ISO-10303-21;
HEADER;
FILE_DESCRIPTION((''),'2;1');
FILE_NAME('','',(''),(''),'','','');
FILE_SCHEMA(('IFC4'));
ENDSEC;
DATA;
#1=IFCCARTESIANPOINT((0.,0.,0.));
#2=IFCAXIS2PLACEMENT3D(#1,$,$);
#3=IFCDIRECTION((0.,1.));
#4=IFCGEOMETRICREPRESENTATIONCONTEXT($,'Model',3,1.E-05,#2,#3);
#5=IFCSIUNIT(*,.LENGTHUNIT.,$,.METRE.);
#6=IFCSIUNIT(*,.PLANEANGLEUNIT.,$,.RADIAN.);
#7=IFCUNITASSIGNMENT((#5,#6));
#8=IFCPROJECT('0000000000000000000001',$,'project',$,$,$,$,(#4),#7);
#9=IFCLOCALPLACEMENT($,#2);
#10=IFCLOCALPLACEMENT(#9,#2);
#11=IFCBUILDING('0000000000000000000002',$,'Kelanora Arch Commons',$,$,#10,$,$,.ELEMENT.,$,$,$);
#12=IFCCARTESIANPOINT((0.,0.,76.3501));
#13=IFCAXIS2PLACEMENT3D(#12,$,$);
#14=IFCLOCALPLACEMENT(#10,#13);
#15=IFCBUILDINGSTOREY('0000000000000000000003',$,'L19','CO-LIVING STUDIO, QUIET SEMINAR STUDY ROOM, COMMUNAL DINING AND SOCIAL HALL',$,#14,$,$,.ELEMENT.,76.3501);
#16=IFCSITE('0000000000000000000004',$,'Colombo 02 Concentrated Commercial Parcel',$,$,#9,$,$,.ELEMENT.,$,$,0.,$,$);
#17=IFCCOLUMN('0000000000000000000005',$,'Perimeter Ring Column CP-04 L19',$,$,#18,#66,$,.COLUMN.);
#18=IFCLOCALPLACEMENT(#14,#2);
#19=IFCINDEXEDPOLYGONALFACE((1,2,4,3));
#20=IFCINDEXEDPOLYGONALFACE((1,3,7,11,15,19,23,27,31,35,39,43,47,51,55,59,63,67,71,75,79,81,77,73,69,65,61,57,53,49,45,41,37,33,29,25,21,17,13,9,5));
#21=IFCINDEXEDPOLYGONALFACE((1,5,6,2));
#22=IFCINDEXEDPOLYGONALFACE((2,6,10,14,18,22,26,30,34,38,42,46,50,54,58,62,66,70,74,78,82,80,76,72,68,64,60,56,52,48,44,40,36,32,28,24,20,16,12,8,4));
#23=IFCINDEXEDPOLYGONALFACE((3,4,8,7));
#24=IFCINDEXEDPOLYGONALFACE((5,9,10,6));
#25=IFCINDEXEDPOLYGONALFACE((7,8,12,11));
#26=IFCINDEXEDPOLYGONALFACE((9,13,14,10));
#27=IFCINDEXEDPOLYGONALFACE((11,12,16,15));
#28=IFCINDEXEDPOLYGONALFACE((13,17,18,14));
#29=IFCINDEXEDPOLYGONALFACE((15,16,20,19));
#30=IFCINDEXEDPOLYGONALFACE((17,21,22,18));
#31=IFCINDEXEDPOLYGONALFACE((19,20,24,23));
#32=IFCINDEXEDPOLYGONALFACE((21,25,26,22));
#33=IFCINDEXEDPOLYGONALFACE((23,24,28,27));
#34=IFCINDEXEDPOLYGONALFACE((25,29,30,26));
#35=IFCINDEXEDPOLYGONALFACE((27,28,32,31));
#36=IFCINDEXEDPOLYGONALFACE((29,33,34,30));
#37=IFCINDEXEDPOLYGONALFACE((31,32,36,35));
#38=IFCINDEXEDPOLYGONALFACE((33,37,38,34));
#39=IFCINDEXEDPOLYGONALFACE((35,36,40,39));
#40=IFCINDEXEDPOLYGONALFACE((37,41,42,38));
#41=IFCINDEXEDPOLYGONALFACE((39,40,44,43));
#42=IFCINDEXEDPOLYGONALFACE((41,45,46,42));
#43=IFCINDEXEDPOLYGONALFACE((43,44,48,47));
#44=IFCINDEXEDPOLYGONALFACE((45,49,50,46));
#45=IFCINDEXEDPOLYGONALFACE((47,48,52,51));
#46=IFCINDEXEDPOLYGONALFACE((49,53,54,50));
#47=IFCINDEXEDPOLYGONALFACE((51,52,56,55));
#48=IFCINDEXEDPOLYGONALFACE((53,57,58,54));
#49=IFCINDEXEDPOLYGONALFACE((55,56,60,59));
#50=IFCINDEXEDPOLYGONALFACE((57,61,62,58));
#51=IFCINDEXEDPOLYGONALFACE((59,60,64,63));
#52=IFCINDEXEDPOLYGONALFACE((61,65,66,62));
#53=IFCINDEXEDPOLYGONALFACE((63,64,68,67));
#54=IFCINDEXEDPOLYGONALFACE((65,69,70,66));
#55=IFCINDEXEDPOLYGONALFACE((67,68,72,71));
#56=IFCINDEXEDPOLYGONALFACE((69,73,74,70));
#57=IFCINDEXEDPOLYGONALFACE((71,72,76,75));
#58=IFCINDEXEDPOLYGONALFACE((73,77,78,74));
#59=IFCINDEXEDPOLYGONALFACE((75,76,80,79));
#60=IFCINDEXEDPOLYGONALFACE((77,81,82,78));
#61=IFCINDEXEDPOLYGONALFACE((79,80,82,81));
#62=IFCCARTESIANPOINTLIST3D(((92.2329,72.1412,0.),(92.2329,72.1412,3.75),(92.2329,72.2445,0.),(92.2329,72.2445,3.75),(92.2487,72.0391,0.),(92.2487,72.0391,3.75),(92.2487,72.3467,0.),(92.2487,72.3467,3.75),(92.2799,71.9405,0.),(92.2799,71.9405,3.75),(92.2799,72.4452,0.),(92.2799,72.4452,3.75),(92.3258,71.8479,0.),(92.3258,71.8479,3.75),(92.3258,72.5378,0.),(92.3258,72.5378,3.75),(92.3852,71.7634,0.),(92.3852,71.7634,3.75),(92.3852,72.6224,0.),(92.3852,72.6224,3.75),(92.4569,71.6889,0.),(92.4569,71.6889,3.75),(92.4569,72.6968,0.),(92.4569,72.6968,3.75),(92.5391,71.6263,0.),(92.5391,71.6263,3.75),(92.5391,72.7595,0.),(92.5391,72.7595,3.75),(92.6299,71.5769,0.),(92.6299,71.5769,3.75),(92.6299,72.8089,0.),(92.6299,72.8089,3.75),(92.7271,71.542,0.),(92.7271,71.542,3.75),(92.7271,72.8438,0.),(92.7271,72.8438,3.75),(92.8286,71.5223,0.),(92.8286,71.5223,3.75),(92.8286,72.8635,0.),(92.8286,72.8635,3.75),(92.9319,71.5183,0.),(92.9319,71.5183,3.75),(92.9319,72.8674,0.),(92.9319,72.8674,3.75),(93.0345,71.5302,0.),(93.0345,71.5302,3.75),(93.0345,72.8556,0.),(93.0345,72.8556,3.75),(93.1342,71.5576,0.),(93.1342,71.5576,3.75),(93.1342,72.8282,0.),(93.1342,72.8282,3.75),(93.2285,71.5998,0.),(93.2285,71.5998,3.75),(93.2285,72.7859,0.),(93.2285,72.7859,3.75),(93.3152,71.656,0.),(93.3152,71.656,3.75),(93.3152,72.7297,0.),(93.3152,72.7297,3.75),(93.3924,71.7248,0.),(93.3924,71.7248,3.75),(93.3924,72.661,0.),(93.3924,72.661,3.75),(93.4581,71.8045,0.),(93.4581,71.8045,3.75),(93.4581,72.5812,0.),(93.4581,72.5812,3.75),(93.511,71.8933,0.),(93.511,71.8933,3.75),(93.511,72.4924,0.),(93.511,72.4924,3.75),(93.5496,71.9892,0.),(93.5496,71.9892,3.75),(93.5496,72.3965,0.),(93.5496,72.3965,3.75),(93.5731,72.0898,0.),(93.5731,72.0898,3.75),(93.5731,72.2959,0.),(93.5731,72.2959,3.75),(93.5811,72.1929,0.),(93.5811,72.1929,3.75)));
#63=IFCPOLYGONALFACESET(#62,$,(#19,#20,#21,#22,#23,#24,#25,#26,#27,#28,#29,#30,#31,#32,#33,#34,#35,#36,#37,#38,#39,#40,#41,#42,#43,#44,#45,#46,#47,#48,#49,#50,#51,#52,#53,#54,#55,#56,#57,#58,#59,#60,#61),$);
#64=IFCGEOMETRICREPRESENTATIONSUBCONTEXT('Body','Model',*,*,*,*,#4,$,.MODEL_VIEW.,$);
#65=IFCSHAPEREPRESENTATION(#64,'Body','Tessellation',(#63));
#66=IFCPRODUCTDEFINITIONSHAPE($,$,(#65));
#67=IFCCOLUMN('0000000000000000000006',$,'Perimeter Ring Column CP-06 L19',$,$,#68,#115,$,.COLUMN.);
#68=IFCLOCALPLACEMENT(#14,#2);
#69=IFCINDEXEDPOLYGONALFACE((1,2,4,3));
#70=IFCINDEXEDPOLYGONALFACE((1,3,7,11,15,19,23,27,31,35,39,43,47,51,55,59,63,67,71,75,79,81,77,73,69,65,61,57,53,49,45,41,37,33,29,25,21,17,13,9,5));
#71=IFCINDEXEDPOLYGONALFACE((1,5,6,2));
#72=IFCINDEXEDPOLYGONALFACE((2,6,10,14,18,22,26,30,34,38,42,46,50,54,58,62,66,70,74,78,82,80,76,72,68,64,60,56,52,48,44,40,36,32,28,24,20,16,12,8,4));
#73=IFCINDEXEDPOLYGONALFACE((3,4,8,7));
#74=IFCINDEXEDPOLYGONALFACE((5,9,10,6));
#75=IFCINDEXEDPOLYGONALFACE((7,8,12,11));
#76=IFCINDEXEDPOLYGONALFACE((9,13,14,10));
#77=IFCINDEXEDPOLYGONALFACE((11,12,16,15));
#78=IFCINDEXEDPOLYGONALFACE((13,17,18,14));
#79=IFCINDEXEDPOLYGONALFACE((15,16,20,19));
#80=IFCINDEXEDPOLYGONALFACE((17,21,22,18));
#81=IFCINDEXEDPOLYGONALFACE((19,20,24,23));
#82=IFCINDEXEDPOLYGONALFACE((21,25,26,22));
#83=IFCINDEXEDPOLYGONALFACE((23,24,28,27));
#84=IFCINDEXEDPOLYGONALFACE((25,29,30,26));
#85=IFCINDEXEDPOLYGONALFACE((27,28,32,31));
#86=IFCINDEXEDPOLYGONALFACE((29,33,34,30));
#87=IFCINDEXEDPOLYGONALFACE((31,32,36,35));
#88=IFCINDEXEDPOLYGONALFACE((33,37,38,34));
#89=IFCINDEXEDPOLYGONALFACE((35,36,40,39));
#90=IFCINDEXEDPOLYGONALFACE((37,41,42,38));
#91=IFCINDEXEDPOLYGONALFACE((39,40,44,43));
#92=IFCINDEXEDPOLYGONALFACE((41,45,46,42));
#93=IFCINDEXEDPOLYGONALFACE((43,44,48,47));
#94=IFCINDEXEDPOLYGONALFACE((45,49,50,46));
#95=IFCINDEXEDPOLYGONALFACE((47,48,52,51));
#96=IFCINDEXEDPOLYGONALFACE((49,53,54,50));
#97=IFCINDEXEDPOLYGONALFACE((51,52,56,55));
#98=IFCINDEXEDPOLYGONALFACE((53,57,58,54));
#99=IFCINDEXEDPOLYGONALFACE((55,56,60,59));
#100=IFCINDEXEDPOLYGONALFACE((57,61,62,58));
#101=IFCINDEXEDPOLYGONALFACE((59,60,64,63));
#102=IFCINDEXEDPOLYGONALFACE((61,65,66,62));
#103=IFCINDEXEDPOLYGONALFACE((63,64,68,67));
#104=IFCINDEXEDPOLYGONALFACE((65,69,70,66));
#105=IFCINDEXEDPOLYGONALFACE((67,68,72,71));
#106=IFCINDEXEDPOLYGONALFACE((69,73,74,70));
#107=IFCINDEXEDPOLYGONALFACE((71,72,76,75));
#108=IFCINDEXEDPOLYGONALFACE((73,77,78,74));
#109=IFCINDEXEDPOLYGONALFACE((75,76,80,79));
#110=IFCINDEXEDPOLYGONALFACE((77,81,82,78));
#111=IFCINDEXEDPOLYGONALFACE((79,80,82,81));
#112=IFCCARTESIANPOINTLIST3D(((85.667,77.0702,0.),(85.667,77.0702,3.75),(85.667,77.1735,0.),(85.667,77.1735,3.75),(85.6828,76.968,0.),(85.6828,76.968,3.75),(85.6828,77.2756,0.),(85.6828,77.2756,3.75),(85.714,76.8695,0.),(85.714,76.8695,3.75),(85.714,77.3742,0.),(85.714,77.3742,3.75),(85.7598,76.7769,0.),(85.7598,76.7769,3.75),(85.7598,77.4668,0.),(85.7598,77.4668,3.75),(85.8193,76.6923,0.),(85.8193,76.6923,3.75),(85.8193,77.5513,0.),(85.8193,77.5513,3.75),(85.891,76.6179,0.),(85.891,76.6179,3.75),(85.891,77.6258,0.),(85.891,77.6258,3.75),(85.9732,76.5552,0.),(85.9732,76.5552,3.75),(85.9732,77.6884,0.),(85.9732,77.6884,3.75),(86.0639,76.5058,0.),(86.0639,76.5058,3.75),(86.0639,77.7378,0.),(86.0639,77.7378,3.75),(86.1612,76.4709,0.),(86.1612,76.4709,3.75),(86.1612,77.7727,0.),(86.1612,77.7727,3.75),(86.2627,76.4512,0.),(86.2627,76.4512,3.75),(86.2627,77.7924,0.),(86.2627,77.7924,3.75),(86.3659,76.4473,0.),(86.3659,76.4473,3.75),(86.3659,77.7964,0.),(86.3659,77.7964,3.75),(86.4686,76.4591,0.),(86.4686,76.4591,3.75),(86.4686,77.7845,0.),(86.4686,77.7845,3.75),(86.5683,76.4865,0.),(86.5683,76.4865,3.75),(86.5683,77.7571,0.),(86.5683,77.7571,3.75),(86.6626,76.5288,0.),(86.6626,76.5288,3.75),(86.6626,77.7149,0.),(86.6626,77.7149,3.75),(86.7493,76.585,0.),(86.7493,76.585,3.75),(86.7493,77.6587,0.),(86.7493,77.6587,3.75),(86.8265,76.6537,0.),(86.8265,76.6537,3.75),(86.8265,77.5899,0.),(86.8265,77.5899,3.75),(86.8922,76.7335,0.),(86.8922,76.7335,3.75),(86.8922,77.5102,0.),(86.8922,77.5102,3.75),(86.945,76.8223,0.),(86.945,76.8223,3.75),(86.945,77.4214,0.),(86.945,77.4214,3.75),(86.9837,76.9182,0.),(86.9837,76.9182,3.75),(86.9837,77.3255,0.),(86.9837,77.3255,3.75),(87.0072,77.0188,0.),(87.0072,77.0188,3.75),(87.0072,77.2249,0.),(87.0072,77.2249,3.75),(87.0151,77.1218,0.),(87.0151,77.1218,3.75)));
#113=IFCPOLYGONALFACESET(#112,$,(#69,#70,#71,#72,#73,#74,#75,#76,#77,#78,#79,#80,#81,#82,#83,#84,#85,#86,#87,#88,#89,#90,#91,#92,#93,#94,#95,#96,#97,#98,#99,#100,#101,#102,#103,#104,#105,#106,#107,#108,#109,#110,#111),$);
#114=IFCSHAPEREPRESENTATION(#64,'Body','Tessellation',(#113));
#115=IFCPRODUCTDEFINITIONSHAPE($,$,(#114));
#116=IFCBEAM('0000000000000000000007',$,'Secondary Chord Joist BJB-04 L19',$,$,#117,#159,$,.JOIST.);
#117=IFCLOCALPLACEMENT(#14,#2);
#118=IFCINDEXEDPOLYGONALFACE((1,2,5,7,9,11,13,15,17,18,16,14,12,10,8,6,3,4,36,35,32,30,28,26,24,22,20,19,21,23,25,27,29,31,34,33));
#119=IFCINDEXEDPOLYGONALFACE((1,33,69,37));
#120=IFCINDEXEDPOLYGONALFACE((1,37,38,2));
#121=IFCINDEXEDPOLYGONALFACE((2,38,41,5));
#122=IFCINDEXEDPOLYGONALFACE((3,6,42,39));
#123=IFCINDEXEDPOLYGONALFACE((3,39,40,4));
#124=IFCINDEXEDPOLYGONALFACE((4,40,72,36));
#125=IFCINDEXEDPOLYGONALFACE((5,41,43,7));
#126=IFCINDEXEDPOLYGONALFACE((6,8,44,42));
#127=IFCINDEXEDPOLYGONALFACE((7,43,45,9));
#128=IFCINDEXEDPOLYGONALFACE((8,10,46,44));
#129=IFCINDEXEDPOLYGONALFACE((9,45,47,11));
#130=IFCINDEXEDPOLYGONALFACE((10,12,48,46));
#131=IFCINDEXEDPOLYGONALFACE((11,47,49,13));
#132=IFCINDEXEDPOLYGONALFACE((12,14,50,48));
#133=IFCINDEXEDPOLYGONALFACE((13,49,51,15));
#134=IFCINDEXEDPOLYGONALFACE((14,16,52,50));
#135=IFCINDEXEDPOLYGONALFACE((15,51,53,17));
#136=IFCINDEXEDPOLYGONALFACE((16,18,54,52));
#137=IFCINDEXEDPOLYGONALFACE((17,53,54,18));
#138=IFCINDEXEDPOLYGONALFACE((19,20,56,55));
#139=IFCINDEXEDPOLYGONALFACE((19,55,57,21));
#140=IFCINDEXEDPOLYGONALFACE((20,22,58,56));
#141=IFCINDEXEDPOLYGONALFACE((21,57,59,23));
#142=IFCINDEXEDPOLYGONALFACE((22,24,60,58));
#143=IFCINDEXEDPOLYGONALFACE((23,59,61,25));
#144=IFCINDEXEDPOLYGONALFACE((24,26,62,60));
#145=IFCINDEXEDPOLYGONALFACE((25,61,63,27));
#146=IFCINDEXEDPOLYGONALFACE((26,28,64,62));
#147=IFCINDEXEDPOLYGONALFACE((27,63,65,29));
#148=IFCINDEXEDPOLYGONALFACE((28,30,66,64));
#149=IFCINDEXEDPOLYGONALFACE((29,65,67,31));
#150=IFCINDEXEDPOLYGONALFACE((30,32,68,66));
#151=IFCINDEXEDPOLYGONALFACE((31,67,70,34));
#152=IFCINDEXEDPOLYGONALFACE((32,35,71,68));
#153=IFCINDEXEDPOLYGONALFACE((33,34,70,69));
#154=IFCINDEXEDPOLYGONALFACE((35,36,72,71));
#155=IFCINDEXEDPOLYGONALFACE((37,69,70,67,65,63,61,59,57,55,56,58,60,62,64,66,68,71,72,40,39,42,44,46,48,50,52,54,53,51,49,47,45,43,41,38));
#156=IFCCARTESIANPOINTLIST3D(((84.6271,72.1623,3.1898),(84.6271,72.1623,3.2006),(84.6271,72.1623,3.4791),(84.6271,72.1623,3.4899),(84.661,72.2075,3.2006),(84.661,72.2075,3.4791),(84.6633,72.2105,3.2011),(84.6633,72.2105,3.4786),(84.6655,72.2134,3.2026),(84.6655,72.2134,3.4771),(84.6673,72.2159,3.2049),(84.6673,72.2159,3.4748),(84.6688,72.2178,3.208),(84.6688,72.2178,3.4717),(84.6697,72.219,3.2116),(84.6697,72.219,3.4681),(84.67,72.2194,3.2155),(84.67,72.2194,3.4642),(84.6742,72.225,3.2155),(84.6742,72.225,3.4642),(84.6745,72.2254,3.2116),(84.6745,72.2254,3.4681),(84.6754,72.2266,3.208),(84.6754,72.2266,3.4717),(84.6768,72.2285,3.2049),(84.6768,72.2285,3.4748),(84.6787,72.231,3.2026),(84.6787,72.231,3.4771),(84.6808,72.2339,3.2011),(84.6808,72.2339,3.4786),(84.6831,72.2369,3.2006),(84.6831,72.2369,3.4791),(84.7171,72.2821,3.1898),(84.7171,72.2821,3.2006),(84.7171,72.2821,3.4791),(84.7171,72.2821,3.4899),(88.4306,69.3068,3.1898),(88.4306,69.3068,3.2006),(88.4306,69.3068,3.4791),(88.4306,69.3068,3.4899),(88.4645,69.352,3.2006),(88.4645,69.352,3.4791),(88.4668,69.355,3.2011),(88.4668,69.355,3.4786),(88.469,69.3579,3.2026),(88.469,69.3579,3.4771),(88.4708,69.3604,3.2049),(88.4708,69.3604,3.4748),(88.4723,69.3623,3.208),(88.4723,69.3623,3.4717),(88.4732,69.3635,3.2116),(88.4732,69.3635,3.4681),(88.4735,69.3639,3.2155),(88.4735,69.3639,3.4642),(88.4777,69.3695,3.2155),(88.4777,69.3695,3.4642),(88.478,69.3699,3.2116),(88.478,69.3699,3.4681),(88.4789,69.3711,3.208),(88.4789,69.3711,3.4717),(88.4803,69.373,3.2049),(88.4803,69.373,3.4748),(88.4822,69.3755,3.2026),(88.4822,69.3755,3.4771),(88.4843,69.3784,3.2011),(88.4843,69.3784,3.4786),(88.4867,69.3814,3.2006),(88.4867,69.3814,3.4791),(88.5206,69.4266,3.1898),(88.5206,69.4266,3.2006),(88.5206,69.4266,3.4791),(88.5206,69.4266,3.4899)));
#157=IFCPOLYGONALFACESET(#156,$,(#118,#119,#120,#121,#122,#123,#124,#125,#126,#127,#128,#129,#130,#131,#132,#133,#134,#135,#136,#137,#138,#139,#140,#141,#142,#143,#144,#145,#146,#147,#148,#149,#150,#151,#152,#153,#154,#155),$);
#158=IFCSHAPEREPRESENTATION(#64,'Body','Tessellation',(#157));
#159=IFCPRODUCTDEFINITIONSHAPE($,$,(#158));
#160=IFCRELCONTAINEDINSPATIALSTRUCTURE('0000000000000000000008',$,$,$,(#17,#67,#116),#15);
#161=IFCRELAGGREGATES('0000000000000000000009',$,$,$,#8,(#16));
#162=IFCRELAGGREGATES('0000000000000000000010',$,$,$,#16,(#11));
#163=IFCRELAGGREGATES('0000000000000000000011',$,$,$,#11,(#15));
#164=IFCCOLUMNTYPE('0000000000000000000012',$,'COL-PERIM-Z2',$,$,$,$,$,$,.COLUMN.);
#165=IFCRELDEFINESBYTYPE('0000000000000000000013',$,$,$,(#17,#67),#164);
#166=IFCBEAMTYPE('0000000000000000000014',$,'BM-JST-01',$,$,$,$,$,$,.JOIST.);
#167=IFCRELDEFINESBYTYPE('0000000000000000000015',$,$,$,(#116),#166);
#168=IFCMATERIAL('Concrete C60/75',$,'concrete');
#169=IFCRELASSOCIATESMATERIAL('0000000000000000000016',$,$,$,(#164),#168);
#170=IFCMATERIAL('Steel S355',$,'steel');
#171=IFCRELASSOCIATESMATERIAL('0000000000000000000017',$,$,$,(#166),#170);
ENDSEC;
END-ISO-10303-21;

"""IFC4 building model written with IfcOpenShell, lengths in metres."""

from ifc_helpers import new_model, si_unit, direction, frame, origin, origin_2d, place, context, subcontext, project, spatial, circle, i_section, extrude, material, material_profile, profile_set, type_object, element, save


model = new_model("IFC4")

# Units and contexts
model_context = context("Model", 3, precision=1e-05, world=origin(), true_north=direction((0.0, 1.0)))
body_context = subcontext(model_context, "Body", "Model", "MODEL_VIEW")
ifc_project = project(units=[si_unit("LENGTHUNIT", "METRE"), si_unit("PLANEANGLEUNIT", "RADIAN")], contexts=[model_context])

# Site, building, storey
site_placement = place(None, origin())
site = spatial("IfcSite", under=ifc_project, at=site_placement, Name="Colombo 02 Concentrated Commercial Parcel", CompositionType="ELEMENT", RefElevation=0.0)
building_placement = place(site_placement, origin())
building = spatial("IfcBuilding", under=site, at=building_placement, Name="Kelanora Arch Commons", CompositionType="ELEMENT")
storey_placement = place(building_placement, frame((0.0, 0.0, 76.3501)))
storey = spatial("IfcBuildingStorey", under=building, at=storey_placement, Name="L19", Description="CO-LIVING STUDIO, QUIET SEMINAR STUDY ROOM, COMMUNAL DINING AND SOCIAL HALL", CompositionType="ELEMENT", Elevation=76.3501)

# Columns
ifc_material_1 = material(Name="Concrete C60/75", Category="concrete")
ifc_material_profile_1 = material_profile(ifc_material_1, circle(Radius=0.675, at=origin_2d()), Name="RCC1350")
ifc_profile_set_1 = profile_set([ifc_material_profile_1], Name="Concrete C60/75")
column_type = type_object("IfcColumnType", Name="COL-PERIM-Z2", PredefinedType="COLUMN", material=ifc_profile_set_1)
for number, where, z_axis, x_axis, name in (
    (1, (92.906, 72.1929, 0.0), (0.0, 0.0, 1.0), (1.0, 0.0, 0.0), "Perimeter Ring Column CP-04 L19"),
    (2, (86.3401, 77.1218, 0.0), (0.0, 0.0, 1.0), (1.0, 0.0, 0.0), "Perimeter Ring Column CP-06 L19"),
):
    element("IfcColumn", number, at=place(storey_placement, frame(where, z_axis=z_axis, x_axis=x_axis)), inside=storey, type_object=column_type, Name=name, PredefinedType="COLUMN", context=body_context, shape_type="SweptSolid", body=[
        extrude(circle(Radius=0.675, at=origin_2d()), origin(), (0.0, 0.0, 1.0), 3.75),
    ])

# Beam
ifc_material_2 = material(Name="Steel S355", Category="steel")
ifc_material_profile_2 = material_profile(ifc_material_2, i_section(OverallWidth=0.1499, OverallDepth=0.3, WebThickness=0.0071, FlangeThickness=0.0107, FilletRadius=0.0149, at=origin_2d()), Name="IPE300")
ifc_profile_set_2 = profile_set([ifc_material_profile_2], Name="Steel S355")
beam_type_1 = type_object("IfcBeamType", Name="BM-JST-01", PredefinedType="JOIST", material=ifc_profile_set_2)
beam_1_placement = place(storey_placement, frame((88.4756, 69.3667, 3.3398), z_axis=(-0.79971, 0.600386, 0.0), x_axis=(-0.600386, -0.79971, 0.0)))
element("IfcBeam", 3, at=beam_1_placement, inside=storey, type_object=beam_type_1, Name="Secondary Chord Joist BJB-04 L19", PredefinedType="JOIST", context=body_context, shape_type="SweptSolid", body=[
    extrude(i_section(OverallWidth=0.1499, OverallDepth=0.3, WebThickness=0.0071, FlangeThickness=0.0107, FilletRadius=0.0149, at=origin_2d()), origin(), (0.0, 0.0, 1.0), 4.7561),
])

save(model, "model.ifc")
